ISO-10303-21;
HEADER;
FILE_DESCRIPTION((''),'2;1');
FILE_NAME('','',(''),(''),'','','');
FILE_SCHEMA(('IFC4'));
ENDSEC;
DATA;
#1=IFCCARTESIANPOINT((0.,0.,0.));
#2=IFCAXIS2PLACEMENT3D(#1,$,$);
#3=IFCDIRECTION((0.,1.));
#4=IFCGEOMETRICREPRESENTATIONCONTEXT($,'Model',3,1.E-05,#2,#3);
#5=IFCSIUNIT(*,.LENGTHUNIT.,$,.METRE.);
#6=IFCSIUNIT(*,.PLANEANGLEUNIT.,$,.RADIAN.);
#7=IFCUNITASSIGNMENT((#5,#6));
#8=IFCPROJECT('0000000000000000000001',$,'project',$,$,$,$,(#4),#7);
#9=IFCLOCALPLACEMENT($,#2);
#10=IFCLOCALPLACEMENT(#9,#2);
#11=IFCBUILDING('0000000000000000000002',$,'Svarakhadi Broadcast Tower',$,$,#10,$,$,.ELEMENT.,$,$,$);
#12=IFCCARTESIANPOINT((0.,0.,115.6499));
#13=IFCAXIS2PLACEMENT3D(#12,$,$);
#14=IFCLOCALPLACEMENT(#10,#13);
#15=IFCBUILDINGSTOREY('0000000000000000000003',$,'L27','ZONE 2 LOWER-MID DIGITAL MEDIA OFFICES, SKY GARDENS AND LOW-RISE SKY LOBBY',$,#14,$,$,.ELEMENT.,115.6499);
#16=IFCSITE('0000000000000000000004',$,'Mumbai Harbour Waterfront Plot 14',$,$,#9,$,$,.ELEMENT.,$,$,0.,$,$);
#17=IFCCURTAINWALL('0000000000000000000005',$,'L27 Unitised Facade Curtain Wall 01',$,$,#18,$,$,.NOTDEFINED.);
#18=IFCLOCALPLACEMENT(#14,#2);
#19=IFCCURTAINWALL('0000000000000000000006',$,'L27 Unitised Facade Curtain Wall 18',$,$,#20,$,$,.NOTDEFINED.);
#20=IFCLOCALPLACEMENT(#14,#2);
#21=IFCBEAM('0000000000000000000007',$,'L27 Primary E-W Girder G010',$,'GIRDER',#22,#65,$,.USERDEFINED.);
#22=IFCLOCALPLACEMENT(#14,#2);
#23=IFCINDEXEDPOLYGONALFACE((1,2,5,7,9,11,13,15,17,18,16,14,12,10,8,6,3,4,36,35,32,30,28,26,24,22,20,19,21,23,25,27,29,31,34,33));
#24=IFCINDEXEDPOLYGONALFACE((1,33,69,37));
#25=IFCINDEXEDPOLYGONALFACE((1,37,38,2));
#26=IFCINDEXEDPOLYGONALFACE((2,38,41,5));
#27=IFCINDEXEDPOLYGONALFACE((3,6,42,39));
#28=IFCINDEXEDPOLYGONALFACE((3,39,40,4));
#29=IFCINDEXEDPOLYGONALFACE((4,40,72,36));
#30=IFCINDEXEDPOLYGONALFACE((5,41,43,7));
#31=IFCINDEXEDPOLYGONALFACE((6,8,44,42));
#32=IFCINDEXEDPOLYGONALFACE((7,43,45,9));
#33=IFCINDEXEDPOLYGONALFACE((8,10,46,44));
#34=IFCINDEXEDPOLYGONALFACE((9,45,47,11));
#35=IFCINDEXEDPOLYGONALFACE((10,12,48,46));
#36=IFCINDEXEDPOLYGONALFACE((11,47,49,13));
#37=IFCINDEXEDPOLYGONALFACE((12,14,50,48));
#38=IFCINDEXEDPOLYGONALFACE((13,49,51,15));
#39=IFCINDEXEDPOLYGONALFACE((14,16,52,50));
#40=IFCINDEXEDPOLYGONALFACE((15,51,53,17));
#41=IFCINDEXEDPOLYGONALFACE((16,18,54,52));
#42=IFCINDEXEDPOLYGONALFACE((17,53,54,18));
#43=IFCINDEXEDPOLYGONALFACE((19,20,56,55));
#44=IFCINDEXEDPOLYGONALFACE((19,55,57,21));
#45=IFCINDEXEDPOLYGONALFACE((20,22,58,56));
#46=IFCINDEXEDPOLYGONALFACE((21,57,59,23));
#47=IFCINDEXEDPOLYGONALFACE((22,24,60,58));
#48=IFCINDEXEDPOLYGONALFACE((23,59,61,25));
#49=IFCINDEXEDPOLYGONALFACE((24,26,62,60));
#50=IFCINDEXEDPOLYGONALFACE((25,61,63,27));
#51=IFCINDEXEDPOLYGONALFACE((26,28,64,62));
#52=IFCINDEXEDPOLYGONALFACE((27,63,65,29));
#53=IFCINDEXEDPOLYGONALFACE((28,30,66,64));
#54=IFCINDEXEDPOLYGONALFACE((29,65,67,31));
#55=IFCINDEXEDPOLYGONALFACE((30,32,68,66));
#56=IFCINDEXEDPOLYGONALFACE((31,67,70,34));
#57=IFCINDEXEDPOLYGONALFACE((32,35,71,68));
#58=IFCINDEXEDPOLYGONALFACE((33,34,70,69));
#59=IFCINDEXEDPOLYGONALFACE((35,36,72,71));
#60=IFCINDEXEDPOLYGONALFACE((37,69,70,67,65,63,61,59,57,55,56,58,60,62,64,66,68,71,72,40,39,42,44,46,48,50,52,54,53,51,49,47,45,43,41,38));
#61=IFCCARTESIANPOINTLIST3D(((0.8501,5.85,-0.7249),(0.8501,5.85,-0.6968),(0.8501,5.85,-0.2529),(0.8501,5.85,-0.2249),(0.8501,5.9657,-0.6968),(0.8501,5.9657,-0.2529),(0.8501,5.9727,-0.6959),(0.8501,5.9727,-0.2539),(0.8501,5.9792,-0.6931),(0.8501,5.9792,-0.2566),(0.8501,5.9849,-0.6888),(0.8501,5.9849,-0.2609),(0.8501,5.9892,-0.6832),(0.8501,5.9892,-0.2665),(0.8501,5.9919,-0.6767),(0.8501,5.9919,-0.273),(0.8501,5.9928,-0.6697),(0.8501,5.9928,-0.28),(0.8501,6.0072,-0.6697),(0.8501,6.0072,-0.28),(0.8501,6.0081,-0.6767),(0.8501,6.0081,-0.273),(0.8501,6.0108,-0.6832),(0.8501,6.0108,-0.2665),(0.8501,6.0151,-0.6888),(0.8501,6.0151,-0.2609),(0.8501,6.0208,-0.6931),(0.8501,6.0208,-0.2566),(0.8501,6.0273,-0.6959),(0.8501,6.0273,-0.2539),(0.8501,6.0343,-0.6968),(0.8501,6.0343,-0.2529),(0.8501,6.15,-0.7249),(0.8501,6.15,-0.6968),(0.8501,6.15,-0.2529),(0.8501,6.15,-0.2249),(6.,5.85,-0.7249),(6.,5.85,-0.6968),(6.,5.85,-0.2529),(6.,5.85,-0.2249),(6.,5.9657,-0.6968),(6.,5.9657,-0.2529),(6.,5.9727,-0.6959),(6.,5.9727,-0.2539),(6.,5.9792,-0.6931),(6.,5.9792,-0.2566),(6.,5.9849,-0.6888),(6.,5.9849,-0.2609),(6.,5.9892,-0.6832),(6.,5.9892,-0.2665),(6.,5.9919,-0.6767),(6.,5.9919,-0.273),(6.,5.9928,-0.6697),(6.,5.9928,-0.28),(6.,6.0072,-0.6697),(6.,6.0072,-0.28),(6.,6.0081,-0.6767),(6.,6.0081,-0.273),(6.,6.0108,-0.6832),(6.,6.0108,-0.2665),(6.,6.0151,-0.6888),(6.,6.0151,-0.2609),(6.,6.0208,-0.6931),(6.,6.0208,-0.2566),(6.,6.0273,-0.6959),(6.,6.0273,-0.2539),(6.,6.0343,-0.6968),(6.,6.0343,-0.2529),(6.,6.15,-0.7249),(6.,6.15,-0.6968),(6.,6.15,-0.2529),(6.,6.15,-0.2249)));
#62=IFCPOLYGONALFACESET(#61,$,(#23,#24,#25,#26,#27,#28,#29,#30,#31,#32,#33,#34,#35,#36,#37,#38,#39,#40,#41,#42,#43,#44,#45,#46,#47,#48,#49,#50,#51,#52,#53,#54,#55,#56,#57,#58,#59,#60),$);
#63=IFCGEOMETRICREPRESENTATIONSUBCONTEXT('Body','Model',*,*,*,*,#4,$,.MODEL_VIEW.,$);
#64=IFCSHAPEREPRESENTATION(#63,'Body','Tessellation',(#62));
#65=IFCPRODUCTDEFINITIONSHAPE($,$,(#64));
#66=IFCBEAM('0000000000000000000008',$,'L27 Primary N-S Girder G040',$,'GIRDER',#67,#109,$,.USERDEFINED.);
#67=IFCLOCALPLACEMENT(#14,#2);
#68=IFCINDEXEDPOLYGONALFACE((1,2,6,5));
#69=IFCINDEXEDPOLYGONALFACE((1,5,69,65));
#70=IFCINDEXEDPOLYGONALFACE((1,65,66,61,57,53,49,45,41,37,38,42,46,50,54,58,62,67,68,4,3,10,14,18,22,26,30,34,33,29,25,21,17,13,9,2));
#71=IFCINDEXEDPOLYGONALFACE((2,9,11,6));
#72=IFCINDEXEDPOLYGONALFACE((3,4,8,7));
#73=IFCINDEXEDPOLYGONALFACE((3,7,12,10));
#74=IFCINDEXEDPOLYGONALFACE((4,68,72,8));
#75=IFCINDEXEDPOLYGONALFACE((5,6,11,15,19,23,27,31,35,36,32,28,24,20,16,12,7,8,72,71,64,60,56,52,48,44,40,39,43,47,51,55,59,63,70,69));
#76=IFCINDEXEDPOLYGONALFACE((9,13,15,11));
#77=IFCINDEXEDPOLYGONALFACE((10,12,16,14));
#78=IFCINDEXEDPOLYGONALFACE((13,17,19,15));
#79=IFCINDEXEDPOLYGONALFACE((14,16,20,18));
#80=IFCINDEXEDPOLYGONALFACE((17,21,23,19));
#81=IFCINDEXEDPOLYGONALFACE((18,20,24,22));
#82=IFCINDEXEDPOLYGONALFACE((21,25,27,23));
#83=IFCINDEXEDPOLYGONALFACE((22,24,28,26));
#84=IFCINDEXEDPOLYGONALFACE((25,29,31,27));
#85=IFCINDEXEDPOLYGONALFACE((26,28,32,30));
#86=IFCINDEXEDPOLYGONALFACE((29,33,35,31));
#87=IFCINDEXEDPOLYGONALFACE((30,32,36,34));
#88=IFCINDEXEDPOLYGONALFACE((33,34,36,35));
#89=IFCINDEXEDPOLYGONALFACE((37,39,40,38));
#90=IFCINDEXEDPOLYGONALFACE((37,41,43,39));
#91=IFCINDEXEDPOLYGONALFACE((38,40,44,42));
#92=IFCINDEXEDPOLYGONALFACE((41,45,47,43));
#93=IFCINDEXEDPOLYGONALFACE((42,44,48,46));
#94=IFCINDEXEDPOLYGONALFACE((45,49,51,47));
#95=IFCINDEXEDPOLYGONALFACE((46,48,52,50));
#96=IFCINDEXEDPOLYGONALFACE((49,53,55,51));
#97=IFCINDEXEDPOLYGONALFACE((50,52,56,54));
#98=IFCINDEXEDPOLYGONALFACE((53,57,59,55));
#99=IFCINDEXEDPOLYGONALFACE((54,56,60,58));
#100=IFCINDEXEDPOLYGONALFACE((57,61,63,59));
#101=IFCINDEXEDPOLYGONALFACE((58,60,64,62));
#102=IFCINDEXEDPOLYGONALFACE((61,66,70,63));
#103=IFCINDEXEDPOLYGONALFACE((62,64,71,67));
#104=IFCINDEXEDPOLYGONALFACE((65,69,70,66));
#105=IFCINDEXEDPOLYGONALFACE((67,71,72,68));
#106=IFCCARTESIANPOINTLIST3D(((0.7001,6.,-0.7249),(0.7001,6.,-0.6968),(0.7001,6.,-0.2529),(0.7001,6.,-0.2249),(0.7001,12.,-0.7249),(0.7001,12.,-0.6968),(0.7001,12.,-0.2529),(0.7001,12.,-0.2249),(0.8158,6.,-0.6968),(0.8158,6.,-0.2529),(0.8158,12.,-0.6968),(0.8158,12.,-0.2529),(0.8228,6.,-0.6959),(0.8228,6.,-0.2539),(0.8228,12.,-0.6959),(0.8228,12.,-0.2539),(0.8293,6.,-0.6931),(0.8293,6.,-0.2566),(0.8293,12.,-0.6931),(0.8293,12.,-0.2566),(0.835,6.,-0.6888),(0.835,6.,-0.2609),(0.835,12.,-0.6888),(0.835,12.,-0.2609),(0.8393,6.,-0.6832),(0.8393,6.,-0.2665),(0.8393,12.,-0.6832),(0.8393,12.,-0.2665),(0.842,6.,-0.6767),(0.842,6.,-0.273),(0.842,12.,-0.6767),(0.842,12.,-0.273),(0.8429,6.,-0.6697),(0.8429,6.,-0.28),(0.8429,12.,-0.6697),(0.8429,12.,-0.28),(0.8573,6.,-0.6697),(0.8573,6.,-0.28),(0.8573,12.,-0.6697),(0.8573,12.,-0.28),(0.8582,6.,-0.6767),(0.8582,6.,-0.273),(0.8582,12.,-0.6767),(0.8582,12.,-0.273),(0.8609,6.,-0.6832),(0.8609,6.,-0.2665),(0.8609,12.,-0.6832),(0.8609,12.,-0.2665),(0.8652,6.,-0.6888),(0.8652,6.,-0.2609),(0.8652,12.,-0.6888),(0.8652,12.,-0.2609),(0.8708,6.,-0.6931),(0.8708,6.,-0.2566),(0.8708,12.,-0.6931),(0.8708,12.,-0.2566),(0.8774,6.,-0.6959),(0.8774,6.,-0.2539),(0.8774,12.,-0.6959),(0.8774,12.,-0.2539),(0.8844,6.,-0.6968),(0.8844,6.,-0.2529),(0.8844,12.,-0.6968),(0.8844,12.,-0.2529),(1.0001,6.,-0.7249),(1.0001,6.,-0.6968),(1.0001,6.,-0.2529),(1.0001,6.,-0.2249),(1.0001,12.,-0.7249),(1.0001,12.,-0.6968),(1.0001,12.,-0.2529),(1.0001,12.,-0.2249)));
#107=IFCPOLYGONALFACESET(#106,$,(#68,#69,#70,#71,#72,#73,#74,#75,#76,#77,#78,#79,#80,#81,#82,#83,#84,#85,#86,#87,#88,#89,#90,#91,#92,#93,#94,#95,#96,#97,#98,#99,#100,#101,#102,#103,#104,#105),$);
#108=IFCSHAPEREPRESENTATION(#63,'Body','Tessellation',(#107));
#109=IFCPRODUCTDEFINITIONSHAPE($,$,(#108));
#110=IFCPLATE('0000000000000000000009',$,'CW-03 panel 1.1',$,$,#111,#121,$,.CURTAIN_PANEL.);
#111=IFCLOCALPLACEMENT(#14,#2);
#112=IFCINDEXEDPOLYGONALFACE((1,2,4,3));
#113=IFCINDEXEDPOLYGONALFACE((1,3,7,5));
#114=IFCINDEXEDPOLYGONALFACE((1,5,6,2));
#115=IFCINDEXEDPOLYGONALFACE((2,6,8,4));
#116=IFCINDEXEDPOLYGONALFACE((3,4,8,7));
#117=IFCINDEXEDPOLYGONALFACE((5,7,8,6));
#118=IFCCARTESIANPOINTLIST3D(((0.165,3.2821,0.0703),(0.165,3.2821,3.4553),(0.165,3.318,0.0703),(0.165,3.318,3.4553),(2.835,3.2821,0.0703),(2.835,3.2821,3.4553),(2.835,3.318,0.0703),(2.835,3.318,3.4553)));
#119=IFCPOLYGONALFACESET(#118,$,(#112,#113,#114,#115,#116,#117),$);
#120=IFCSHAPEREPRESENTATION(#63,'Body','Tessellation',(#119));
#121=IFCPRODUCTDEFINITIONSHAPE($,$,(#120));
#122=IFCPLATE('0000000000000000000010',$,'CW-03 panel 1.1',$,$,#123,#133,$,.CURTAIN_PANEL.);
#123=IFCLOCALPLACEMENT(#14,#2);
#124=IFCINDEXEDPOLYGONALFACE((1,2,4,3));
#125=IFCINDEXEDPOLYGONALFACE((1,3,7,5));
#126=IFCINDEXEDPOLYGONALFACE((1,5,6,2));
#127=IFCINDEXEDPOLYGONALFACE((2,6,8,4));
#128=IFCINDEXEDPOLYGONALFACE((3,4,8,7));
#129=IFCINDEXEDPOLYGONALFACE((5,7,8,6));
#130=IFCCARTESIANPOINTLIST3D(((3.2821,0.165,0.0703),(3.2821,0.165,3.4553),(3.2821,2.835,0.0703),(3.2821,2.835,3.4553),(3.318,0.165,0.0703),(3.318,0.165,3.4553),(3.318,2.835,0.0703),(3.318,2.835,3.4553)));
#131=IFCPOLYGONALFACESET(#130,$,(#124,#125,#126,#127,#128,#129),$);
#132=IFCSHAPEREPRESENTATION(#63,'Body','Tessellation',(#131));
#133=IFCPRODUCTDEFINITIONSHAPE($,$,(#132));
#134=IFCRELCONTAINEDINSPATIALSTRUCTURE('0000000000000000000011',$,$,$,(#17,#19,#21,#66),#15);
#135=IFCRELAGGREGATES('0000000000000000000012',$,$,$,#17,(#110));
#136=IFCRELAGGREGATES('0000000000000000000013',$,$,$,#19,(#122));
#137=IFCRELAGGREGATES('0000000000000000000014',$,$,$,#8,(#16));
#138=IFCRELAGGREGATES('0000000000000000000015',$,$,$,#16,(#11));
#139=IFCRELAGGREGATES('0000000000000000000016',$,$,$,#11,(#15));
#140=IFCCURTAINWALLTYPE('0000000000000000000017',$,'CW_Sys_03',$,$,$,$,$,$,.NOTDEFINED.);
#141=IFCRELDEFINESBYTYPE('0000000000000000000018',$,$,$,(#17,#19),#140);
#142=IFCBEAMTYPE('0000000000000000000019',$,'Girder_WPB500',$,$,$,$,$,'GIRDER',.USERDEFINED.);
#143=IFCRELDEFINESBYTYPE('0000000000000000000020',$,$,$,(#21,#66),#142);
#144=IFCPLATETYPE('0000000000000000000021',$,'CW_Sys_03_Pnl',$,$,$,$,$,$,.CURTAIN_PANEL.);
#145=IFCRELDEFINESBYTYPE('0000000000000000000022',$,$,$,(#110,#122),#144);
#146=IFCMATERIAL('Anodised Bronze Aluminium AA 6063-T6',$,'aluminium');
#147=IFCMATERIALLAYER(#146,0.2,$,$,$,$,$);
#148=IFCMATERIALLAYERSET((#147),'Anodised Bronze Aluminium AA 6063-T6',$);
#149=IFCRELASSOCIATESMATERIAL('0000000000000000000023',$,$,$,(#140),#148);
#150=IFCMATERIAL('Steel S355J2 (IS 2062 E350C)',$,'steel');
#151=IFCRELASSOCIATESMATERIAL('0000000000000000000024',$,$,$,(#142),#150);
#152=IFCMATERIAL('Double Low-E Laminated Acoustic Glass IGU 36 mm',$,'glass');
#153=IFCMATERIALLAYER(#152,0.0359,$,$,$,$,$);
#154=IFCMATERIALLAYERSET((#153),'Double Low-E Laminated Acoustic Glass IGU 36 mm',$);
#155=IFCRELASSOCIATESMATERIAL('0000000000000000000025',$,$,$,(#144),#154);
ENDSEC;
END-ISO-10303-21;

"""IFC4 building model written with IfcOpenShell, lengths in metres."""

from ifc_helpers import new_model, si_unit, direction, frame, origin, origin_2d, place, context, subcontext, project, spatial, rectangle, i_section, extrude, material, layer, layer_set, material_profile, profile_set, type_object, element, aggregate, save


model = new_model("IFC4")

# Units and contexts
model_context = context("Model", 3, precision=1e-05, world=origin(), true_north=direction((0.0, 1.0)))
body_context = subcontext(model_context, "Body", "Model", "MODEL_VIEW")
ifc_project = project(units=[si_unit("LENGTHUNIT", "METRE"), si_unit("PLANEANGLEUNIT", "RADIAN")], contexts=[model_context])

# Site, building, storey
site_placement = place(None, origin())
site = spatial("IfcSite", under=ifc_project, at=site_placement, Name="Mumbai Harbour Waterfront Plot 14", CompositionType="ELEMENT", RefElevation=0.0)
building_placement = place(site_placement, origin())
building = spatial("IfcBuilding", under=site, at=building_placement, Name="Svarakhadi Broadcast Tower", CompositionType="ELEMENT")
storey_placement = place(building_placement, frame((0.0, 0.0, 115.6499)))
storey = spatial("IfcBuildingStorey", under=building, at=storey_placement, Name="L27", Description="ZONE 2 LOWER-MID DIGITAL MEDIA OFFICES, SKY GARDENS AND LOW-RISE SKY LOBBY", CompositionType="ELEMENT", Elevation=115.6499)

# Curtain wall
ifc_material_1 = material(Name="Anodised Bronze Aluminium AA 6063-T6", Category="aluminium")
ifc_layer_1 = layer(ifc_material_1, 0.2)
ifc_layer_set_1 = layer_set([ifc_layer_1], Name="Anodised Bronze Aluminium AA 6063-T6")
curtain_wall_type = type_object("IfcCurtainWallType", Name="CW_Sys_03", PredefinedType="NOTDEFINED", material=ifc_layer_set_1)
curtain_wall_1_placement = place(storey_placement, origin())
curtain_wall_1 = element("IfcCurtainWall", 1, at=curtain_wall_1_placement, inside=storey, type_object=curtain_wall_type, Name="L27 Unitised Facade Curtain Wall 01", PredefinedType="NOTDEFINED")

# Curtain wall
curtain_wall_2_placement = place(storey_placement, origin())
curtain_wall_2 = element("IfcCurtainWall", 2, at=curtain_wall_2_placement, inside=storey, type_object=curtain_wall_type, Name="L27 Unitised Facade Curtain Wall 18", PredefinedType="NOTDEFINED")

# Beams
ifc_material_2 = material(Name="Steel S355J2 (IS 2062 E350C)", Category="steel")
ifc_material_profile_1 = material_profile(ifc_material_2, i_section(OverallWidth=0.3, OverallDepth=0.5, WebThickness=0.0144, FlangeThickness=0.0281, FilletRadius=0.0271, at=origin_2d()), Name="WPB 500x300x187")
ifc_profile_set_1 = profile_set([ifc_material_profile_1], Name="Steel S355J2 (IS 2062 E350C)")
beam_type = type_object("IfcBeamType", Name="Girder_WPB500", ElementType="GIRDER", PredefinedType="USERDEFINED", material=ifc_profile_set_1)
beam_1_placement = place(storey_placement, frame((0.8501, 6.0, -0.4749), z_axis=(1.0, 0.0, 0.0), x_axis=(0.0, 1.0, 0.0)))
element("IfcBeam", 3, at=beam_1_placement, inside=storey, type_object=beam_type, Name="L27 Primary E-W Girder G010", ObjectType="GIRDER", PredefinedType="USERDEFINED", context=body_context, shape_type="SweptSolid", body=[
    extrude(i_section(OverallWidth=0.3, OverallDepth=0.5, WebThickness=0.0144, FlangeThickness=0.0281, FilletRadius=0.0271, at=origin_2d()), origin(), (0.0, 0.0, 1.0), 5.1499),
])
beam_2_placement = place(storey_placement, frame((0.8501, 6.0, -0.4749), z_axis=(0.0, 1.0, 0.0), x_axis=(-1.0, 0.0, 0.0)))
element("IfcBeam", 4, at=beam_2_placement, inside=storey, type_object=beam_type, Name="L27 Primary N-S Girder G040", ObjectType="GIRDER", PredefinedType="USERDEFINED", context=body_context, shape_type="SweptSolid", body=[
    extrude(i_section(OverallWidth=0.3, OverallDepth=0.5, WebThickness=0.0144, FlangeThickness=0.0281, FilletRadius=0.0271, at=origin_2d()), origin(), (0.0, 0.0, 1.0), 6.0),
])

# Plates
ifc_material_3 = material(Name="Double Low-E Laminated Acoustic Glass IGU 36 mm", Category="glass")
ifc_layer_2 = layer(ifc_material_3, 0.0359)
ifc_layer_set_2 = layer_set([ifc_layer_2], Name="Double Low-E Laminated Acoustic Glass IGU 36 mm")
plate_type = type_object("IfcPlateType", Name="CW_Sys_03_Pnl", PredefinedType="CURTAIN_PANEL", material=ifc_layer_set_2)
plate_1_placement = place(storey_placement, frame((1.5, 3.3, 0.0703), z_axis=(0.0, 0.0, 1.0), x_axis=(-1.0, 0.0, 0.0)))
plate_1 = element("IfcPlate", 5, at=plate_1_placement, type_object=plate_type, Name="CW-03 panel 1.1", PredefinedType="CURTAIN_PANEL", context=body_context, shape_type="SweptSolid", body=[
    extrude(rectangle(XDim=2.6699, YDim=0.0359, at=origin_2d()), origin(), (0.0, 0.0, 1.0), 3.385),
])
aggregate(curtain_wall_1, [plate_1])
plate_2_placement = place(storey_placement, frame((3.3, 1.5, 0.0703), z_axis=(0.0, 0.0, 1.0), x_axis=(0.0, 1.0, 0.0)))
plate_2 = element("IfcPlate", 6, at=plate_2_placement, type_object=plate_type, Name="CW-03 panel 1.1", PredefinedType="CURTAIN_PANEL", context=body_context, shape_type="SweptSolid", body=[
    extrude(rectangle(XDim=2.6699, YDim=0.0359, at=origin_2d()), origin(), (0.0, 0.0, 1.0), 3.385),
])
aggregate(curtain_wall_2, [plate_2])

save(model, "model.ifc")
